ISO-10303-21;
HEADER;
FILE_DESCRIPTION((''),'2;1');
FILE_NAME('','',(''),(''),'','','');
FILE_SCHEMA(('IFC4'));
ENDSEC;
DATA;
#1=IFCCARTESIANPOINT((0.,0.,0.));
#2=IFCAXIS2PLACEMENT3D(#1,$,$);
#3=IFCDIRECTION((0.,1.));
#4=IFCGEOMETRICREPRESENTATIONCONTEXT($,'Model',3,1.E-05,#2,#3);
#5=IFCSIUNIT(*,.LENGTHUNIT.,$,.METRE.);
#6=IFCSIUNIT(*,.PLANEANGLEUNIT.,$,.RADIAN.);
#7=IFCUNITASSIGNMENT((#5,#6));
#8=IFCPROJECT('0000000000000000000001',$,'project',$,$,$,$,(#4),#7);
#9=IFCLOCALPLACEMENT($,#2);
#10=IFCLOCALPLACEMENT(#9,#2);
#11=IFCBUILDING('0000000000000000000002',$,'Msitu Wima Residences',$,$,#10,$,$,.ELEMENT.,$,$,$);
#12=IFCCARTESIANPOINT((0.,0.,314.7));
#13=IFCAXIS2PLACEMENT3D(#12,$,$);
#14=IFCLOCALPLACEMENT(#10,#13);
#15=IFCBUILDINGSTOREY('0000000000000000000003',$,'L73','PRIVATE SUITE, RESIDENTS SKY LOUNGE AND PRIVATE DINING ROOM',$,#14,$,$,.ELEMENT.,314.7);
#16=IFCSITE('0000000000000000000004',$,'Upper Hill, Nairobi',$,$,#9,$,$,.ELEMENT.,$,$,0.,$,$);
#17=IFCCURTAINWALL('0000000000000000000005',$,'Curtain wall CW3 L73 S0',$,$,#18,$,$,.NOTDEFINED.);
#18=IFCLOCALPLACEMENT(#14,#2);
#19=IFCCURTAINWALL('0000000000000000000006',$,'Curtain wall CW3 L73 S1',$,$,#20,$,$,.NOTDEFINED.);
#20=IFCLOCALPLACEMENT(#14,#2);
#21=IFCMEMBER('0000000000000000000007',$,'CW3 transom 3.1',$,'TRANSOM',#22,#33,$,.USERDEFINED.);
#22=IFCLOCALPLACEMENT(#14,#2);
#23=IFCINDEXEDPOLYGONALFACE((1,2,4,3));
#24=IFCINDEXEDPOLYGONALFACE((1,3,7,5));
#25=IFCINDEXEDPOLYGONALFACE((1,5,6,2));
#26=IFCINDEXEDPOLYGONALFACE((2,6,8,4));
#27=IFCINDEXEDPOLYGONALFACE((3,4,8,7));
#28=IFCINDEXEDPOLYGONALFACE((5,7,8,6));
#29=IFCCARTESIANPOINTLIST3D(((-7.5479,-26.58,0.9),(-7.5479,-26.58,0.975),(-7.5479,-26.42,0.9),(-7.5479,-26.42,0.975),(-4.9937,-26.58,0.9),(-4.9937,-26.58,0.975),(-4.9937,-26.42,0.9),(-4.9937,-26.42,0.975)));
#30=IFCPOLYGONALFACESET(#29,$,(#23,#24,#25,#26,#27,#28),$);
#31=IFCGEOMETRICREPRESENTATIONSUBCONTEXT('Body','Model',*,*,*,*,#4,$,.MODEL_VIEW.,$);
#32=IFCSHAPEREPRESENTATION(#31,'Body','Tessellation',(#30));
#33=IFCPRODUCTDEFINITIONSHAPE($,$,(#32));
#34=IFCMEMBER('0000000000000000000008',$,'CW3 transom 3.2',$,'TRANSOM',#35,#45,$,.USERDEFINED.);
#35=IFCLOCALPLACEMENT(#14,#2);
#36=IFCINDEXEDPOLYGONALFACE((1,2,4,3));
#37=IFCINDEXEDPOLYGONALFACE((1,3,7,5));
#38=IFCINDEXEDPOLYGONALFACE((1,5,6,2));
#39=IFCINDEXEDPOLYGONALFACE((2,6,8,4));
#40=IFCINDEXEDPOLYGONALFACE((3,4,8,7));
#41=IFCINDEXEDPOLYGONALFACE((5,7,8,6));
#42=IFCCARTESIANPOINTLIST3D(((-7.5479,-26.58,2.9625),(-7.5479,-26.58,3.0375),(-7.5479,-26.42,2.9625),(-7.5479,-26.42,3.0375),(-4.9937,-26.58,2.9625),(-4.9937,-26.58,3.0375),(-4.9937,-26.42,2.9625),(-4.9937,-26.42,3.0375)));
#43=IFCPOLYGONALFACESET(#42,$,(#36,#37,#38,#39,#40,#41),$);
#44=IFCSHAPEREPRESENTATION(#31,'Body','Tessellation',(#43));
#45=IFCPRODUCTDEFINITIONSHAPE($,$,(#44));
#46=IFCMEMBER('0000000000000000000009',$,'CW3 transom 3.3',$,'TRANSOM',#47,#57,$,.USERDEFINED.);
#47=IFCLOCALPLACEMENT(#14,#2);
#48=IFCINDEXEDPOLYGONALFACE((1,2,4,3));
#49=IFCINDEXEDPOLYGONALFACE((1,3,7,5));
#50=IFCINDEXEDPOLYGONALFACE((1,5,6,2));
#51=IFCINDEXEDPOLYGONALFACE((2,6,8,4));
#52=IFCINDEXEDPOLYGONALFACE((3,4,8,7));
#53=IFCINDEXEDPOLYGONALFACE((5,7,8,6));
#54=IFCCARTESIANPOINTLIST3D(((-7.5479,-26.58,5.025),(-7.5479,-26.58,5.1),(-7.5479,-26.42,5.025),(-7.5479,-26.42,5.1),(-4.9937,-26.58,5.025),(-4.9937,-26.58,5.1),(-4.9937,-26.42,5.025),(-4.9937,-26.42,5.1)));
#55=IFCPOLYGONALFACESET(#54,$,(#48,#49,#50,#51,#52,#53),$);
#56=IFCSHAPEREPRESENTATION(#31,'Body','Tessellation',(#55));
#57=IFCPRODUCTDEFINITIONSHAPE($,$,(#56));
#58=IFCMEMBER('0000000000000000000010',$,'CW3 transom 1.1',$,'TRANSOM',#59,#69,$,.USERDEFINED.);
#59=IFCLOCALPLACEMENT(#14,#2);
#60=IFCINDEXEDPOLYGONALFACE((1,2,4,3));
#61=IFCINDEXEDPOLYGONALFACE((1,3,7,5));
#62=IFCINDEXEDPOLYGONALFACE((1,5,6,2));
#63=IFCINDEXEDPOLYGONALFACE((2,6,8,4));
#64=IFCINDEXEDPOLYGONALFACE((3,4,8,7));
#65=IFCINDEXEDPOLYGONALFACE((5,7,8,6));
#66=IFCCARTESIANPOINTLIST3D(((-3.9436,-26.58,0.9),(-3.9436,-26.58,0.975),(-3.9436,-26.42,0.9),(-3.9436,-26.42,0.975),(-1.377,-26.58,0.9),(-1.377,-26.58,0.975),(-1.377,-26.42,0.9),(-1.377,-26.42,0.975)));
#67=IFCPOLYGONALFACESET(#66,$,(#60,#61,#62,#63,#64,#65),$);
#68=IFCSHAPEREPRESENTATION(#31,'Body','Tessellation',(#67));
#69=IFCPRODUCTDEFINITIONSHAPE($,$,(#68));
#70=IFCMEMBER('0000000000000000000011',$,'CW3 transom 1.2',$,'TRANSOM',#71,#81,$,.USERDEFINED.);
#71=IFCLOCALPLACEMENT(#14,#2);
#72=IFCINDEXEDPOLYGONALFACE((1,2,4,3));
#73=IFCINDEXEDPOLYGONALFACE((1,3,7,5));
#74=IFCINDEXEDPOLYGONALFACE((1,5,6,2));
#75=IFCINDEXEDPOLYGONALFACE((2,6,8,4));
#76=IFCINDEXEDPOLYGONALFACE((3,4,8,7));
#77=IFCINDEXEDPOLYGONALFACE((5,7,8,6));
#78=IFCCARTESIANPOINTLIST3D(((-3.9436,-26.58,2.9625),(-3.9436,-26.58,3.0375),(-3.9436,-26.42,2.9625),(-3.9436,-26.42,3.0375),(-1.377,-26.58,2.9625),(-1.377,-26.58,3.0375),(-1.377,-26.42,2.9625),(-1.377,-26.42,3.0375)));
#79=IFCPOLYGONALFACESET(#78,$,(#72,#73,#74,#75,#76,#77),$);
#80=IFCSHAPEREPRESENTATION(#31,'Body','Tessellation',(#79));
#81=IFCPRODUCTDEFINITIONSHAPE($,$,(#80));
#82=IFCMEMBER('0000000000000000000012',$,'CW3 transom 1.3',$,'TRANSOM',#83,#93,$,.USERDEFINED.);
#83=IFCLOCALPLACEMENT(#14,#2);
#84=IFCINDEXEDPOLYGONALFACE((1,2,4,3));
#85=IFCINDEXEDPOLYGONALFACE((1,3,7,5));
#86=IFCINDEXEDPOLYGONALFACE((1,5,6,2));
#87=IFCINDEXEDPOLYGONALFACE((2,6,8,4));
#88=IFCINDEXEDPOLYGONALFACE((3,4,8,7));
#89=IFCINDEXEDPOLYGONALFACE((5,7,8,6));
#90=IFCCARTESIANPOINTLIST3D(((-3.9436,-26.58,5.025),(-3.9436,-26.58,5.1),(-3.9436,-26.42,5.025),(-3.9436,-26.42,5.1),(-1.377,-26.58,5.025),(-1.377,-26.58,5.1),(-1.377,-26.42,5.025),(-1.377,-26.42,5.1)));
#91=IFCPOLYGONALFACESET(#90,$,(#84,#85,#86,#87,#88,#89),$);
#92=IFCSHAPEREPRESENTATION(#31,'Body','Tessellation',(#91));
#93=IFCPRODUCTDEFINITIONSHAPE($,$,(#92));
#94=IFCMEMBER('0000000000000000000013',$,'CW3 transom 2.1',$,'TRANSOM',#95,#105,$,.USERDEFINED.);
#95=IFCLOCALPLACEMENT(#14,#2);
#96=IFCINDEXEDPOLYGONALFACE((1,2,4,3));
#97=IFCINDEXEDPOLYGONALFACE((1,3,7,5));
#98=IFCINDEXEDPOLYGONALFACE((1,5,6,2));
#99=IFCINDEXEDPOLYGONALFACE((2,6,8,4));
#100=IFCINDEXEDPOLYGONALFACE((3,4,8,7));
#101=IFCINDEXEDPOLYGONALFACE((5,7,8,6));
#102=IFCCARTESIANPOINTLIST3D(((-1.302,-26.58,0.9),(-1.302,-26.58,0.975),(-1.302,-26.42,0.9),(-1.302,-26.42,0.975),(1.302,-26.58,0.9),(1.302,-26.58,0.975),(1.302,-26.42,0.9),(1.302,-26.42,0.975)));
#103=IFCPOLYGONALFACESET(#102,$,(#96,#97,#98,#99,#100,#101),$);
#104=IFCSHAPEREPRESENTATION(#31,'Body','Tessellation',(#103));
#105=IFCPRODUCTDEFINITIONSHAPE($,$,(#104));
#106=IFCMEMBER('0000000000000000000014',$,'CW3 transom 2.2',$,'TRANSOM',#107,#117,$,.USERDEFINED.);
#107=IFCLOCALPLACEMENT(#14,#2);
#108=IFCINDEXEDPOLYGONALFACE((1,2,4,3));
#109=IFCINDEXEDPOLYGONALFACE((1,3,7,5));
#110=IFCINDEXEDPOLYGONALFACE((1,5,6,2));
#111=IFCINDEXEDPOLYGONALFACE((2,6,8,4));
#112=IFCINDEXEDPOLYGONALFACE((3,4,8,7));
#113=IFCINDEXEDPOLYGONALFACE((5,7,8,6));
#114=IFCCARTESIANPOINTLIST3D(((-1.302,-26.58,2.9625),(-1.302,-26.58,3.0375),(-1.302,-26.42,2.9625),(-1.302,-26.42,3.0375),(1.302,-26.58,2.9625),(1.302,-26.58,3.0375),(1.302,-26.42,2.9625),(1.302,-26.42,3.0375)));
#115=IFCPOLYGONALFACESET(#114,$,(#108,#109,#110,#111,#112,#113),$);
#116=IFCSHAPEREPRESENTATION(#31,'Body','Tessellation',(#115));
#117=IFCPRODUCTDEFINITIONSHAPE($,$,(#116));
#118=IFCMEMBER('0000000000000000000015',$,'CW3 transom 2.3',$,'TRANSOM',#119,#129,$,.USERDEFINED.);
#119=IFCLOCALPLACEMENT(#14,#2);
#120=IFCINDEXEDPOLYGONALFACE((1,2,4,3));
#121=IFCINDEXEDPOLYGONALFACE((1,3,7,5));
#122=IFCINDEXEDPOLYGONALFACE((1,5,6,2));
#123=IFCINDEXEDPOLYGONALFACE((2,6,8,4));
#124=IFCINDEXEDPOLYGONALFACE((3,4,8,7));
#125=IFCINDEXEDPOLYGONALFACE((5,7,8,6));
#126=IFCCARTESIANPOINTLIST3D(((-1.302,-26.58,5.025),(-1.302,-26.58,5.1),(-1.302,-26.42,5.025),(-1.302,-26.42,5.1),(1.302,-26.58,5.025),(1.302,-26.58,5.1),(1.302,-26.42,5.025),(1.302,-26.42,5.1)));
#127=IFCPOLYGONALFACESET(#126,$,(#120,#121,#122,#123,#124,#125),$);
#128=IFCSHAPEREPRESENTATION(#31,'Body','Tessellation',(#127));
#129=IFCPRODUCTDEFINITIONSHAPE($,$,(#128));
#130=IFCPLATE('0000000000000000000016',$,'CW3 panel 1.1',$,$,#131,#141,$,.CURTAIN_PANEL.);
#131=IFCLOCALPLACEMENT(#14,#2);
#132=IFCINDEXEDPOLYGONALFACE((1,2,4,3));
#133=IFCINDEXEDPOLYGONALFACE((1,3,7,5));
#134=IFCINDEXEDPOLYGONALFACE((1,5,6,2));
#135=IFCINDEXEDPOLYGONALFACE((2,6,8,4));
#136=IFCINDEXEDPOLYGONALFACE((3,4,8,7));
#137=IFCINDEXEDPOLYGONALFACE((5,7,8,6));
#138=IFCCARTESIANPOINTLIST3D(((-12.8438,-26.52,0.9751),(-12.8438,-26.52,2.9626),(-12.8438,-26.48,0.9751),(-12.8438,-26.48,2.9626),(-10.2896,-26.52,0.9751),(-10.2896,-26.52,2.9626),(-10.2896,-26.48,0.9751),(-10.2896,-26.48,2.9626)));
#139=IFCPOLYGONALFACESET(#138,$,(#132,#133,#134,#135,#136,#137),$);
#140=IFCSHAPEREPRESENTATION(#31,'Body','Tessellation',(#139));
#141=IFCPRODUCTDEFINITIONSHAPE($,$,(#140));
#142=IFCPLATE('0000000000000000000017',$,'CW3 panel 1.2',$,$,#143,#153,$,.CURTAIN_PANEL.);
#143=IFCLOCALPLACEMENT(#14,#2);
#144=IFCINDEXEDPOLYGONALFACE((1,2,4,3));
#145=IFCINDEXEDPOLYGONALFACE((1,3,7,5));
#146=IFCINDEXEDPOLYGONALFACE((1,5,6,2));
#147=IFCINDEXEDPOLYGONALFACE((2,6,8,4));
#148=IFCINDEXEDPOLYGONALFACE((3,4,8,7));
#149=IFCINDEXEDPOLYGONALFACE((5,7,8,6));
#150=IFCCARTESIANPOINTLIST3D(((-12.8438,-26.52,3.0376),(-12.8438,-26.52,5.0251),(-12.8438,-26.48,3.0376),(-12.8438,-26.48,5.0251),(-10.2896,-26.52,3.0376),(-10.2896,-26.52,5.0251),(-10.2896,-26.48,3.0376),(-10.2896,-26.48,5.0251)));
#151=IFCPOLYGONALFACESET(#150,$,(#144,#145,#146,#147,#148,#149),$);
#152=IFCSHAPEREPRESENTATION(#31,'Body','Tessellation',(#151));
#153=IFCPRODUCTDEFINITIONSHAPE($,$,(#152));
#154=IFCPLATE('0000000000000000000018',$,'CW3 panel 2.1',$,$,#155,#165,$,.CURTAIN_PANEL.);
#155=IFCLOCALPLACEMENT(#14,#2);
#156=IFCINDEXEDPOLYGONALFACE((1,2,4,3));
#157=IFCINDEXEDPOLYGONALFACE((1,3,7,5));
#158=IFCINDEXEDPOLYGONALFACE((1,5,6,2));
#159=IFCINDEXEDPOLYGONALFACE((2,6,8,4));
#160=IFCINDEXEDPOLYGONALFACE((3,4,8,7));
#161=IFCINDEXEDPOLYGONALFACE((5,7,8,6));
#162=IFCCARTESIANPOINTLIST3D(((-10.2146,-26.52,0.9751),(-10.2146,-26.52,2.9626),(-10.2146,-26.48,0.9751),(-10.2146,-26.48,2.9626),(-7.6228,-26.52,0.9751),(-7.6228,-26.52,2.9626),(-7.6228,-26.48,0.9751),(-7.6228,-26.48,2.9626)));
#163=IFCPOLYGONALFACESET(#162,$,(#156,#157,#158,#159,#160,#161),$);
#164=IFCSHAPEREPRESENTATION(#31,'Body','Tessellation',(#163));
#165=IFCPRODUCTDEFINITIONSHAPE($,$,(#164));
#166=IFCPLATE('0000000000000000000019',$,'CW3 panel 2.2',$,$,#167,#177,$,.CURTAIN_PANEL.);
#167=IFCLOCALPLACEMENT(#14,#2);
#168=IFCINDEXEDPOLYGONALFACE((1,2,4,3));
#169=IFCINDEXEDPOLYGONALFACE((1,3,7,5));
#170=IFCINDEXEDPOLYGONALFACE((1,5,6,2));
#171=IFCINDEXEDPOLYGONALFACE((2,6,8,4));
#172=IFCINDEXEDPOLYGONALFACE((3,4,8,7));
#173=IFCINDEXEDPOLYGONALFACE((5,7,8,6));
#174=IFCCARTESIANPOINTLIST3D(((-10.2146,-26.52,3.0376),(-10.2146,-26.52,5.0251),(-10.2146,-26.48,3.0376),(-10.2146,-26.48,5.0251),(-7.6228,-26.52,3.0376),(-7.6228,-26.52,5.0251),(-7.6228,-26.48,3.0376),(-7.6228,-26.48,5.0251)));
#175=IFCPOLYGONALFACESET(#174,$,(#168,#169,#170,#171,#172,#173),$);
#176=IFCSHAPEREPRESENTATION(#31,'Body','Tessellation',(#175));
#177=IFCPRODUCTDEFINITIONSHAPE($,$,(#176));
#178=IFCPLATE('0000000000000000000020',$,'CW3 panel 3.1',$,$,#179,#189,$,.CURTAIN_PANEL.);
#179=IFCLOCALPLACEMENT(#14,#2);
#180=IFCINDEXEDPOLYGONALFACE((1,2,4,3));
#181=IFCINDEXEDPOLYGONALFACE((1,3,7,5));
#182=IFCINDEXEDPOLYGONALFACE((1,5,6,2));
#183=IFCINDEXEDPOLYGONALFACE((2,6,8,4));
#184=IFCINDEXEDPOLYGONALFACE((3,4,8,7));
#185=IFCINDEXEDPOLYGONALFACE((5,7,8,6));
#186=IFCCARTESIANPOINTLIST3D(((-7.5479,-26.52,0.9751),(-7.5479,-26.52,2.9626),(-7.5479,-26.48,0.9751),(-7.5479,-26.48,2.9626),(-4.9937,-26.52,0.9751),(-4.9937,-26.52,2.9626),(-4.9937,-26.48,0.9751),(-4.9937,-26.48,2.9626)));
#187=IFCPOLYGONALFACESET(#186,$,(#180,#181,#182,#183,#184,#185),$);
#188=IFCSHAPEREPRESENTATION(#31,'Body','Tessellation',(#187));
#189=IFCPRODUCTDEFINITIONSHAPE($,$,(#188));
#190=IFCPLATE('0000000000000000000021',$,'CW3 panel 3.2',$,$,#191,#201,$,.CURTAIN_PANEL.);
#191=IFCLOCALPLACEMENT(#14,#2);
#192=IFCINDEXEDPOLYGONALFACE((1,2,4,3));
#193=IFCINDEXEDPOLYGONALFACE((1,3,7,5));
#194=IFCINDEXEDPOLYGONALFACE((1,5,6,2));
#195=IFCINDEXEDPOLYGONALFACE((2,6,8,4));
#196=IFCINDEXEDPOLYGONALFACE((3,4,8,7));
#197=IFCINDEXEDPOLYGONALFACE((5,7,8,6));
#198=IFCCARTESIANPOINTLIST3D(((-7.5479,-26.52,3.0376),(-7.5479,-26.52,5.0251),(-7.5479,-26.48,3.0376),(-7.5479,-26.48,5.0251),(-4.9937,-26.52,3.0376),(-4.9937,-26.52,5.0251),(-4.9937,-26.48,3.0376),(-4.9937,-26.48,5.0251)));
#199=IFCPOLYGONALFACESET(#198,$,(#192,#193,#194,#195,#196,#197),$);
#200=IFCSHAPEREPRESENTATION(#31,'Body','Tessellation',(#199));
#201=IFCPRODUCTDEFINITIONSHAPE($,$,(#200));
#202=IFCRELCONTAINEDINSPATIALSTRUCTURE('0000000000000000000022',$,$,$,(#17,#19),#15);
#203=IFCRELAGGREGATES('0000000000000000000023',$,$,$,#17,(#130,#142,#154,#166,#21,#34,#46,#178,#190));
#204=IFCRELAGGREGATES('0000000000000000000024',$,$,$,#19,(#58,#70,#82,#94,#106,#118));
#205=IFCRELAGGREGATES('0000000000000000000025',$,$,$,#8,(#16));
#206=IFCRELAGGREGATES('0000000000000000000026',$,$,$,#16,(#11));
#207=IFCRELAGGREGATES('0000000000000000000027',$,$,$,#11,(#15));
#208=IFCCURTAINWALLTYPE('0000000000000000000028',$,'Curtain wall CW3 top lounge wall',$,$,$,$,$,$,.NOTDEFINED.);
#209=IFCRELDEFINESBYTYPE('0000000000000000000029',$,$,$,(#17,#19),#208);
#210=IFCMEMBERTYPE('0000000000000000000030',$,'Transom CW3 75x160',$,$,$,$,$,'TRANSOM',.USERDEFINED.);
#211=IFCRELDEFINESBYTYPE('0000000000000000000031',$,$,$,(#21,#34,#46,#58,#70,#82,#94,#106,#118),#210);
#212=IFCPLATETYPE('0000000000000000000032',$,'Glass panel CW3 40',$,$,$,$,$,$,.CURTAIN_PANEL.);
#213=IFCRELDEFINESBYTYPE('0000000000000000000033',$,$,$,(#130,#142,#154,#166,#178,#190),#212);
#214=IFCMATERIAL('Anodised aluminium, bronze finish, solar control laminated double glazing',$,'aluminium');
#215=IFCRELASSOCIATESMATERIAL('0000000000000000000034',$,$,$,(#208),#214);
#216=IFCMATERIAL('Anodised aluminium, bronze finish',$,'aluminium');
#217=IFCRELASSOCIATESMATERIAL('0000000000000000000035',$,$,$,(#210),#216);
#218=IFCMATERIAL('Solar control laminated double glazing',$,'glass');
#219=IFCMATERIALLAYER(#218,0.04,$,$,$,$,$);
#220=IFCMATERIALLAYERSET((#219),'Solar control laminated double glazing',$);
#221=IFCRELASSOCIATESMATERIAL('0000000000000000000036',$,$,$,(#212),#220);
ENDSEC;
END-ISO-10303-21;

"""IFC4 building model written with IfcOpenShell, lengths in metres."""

from ifc_helpers import new_model, si_unit, direction, frame, origin, origin_2d, place, context, subcontext, project, spatial, rectangle, extrude, material, layer, layer_set, material_profile, profile_set, type_object, element, aggregate, save


model = new_model("IFC4")

# Units and contexts
model_context = context("Model", 3, precision=1e-05, world=origin(), true_north=direction((0.0, 1.0)))
body_context = subcontext(model_context, "Body", "Model", "MODEL_VIEW")
ifc_project = project(units=[si_unit("LENGTHUNIT", "METRE"), si_unit("PLANEANGLEUNIT", "RADIAN")], contexts=[model_context])

# Site, building, storey
site_placement = place(None, origin())
site = spatial("IfcSite", under=ifc_project, at=site_placement, Name="Upper Hill, Nairobi", CompositionType="ELEMENT", RefElevation=0.0)
building_placement = place(site_placement, origin())
building = spatial("IfcBuilding", under=site, at=building_placement, Name="Msitu Wima Residences", CompositionType="ELEMENT")
storey_placement = place(building_placement, frame((0.0, 0.0, 314.7)))
storey = spatial("IfcBuildingStorey", under=building, at=storey_placement, Name="L73", Description="PRIVATE SUITE, RESIDENTS SKY LOUNGE AND PRIVATE DINING ROOM", CompositionType="ELEMENT", Elevation=314.7)

# Curtain walls
ifc_material_1 = material(Name="Anodised aluminium, bronze finish, solar control laminated double glazing", Category="aluminium")
curtain_wall_type = type_object("IfcCurtainWallType", Name="Curtain wall CW3 top lounge wall", PredefinedType="NOTDEFINED", material=ifc_material_1)
curtain_wall_1_placement = place(storey_placement, origin())
curtain_wall_1 = element("IfcCurtainWall", 1, at=curtain_wall_1_placement, inside=storey, type_object=curtain_wall_type, Name="Curtain wall CW3 L73 S0", PredefinedType="NOTDEFINED")
ifc_material_2 = material(Name="Anodised aluminium, bronze finish", Category="aluminium")
curtain_wall_2_placement = place(storey_placement, origin())
curtain_wall_2 = element("IfcCurtainWall", 2, at=curtain_wall_2_placement, inside=storey, type_object=curtain_wall_type, Name="Curtain wall CW3 L73 S1", PredefinedType="NOTDEFINED")

# Members
ifc_material_profile_1 = material_profile(ifc_material_2, rectangle(XDim=0.1599, YDim=0.075, at=origin_2d()), Name="Transom 75x160")
ifc_profile_set_1 = profile_set([ifc_material_profile_1], Name="Anodised aluminium, bronze finish")
member_type_1 = type_object("IfcMemberType", Name="Transom CW3 75x160", ElementType="TRANSOM", PredefinedType="USERDEFINED", material=ifc_profile_set_1)
member_1_placement = place(storey_placement, frame((-7.5479, -26.5, 0.9375), z_axis=(1.0, 0.0, 0.0), x_axis=(0.0, 1.0, 0.0)))
member_1 = element("IfcMember", 3, at=member_1_placement, type_object=member_type_1, Name="CW3 transom 3.1", ObjectType="TRANSOM", PredefinedType="USERDEFINED", context=body_context, shape_type="SweptSolid", body=[
    extrude(rectangle(XDim=0.1599, YDim=0.075, at=origin_2d()), origin(), (0.0, 0.0, 1.0), 2.5542),
])
member_2_placement = place(storey_placement, frame((-7.5479, -26.5, 3.0), z_axis=(1.0, 0.0, 0.0), x_axis=(0.0, 1.0, 0.0)))
member_2 = element("IfcMember", 4, at=member_2_placement, type_object=member_type_1, Name="CW3 transom 3.2", ObjectType="TRANSOM", PredefinedType="USERDEFINED", context=body_context, shape_type="SweptSolid", body=[
    extrude(rectangle(XDim=0.1599, YDim=0.075, at=origin_2d()), origin(), (0.0, 0.0, 1.0), 2.5542),
])
member_3_placement = place(storey_placement, frame((-7.5479, -26.5, 5.0625), z_axis=(1.0, 0.0, 0.0), x_axis=(0.0, 1.0, 0.0)))
member_3 = element("IfcMember", 5, at=member_3_placement, type_object=member_type_1, Name="CW3 transom 3.3", ObjectType="TRANSOM", PredefinedType="USERDEFINED", context=body_context, shape_type="SweptSolid", body=[
    extrude(rectangle(XDim=0.1599, YDim=0.075, at=origin_2d()), origin(), (0.0, 0.0, 1.0), 2.5542),
])
member_4_placement = place(storey_placement, frame((-3.9436, -26.5, 0.9375), z_axis=(1.0, 0.0, 0.0), x_axis=(0.0, 1.0, 0.0)))
member_4 = element("IfcMember", 6, at=member_4_placement, type_object=member_type_1, Name="CW3 transom 1.1", ObjectType="TRANSOM", PredefinedType="USERDEFINED", context=body_context, shape_type="SweptSolid", body=[
    extrude(rectangle(XDim=0.1599, YDim=0.075, at=origin_2d()), origin(), (0.0, 0.0, 1.0), 2.5667),
])
member_5_placement = place(storey_placement, frame((-3.9436, -26.5, 3.0), z_axis=(1.0, 0.0, 0.0), x_axis=(0.0, 1.0, 0.0)))
member_5 = element("IfcMember", 7, at=member_5_placement, type_object=member_type_1, Name="CW3 transom 1.2", ObjectType="TRANSOM", PredefinedType="USERDEFINED", context=body_context, shape_type="SweptSolid", body=[
    extrude(rectangle(XDim=0.1599, YDim=0.075, at=origin_2d()), origin(), (0.0, 0.0, 1.0), 2.5667),
])
member_6_placement = place(storey_placement, frame((-3.9436, -26.5, 5.0625), z_axis=(1.0, 0.0, 0.0), x_axis=(0.0, 1.0, 0.0)))
member_6 = element("IfcMember", 8, at=member_6_placement, type_object=member_type_1, Name="CW3 transom 1.3", ObjectType="TRANSOM", PredefinedType="USERDEFINED", context=body_context, shape_type="SweptSolid", body=[
    extrude(rectangle(XDim=0.1599, YDim=0.075, at=origin_2d()), origin(), (0.0, 0.0, 1.0), 2.5667),
])
member_7_placement = place(storey_placement, frame((-1.302, -26.5, 0.9375), z_axis=(1.0, 0.0, 0.0), x_axis=(0.0, 1.0, 0.0)))
member_7 = element("IfcMember", 9, at=member_7_placement, type_object=member_type_1, Name="CW3 transom 2.1", ObjectType="TRANSOM", PredefinedType="USERDEFINED", context=body_context, shape_type="SweptSolid", body=[
    extrude(rectangle(XDim=0.1599, YDim=0.075, at=origin_2d()), origin(), (0.0, 0.0, 1.0), 2.604),
])
member_8_placement = place(storey_placement, frame((-1.302, -26.5, 3.0), z_axis=(1.0, 0.0, 0.0), x_axis=(0.0, 1.0, 0.0)))
member_8 = element("IfcMember", 10, at=member_8_placement, type_object=member_type_1, Name="CW3 transom 2.2", ObjectType="TRANSOM", PredefinedType="USERDEFINED", context=body_context, shape_type="SweptSolid", body=[
    extrude(rectangle(XDim=0.1599, YDim=0.075, at=origin_2d()), origin(), (0.0, 0.0, 1.0), 2.604),
])
member_9_placement = place(storey_placement, frame((-1.302, -26.5, 5.0625), z_axis=(1.0, 0.0, 0.0), x_axis=(0.0, 1.0, 0.0)))
member_9 = element("IfcMember", 11, at=member_9_placement, type_object=member_type_1, Name="CW3 transom 2.3", ObjectType="TRANSOM", PredefinedType="USERDEFINED", context=body_context, shape_type="SweptSolid", body=[
    extrude(rectangle(XDim=0.1599, YDim=0.075, at=origin_2d()), origin(), (0.0, 0.0, 1.0), 2.604),
])

# Plates
ifc_material_3 = material(Name="Solar control laminated double glazing", Category="glass")
ifc_layer_1 = layer(ifc_material_3, 0.04)
ifc_layer_set_1 = layer_set([ifc_layer_1], Name="Solar control laminated double glazing")
plate_type = type_object("IfcPlateType", Name="Glass panel CW3 40", PredefinedType="CURTAIN_PANEL", material=ifc_layer_set_1)
plate_1_placement = place(storey_placement, frame((-11.5667, -26.5, 0.9751), z_axis=(0.0, 0.0, 1.0), x_axis=(1.0, 0.0, 0.0)))
plate_1 = element("IfcPlate", 12, at=plate_1_placement, type_object=plate_type, Name="CW3 panel 1.1", PredefinedType="CURTAIN_PANEL", context=body_context, shape_type="SweptSolid", body=[
    extrude(rectangle(XDim=2.5542, YDim=0.04, at=origin_2d()), origin(), (0.0, 0.0, 1.0), 1.9875),
])
plate_2_placement = place(storey_placement, frame((-11.5667, -26.5, 3.0376), z_axis=(0.0, 0.0, 1.0), x_axis=(1.0, 0.0, 0.0)))
plate_2 = element("IfcPlate", 13, at=plate_2_placement, type_object=plate_type, Name="CW3 panel 1.2", PredefinedType="CURTAIN_PANEL", context=body_context, shape_type="SweptSolid", body=[
    extrude(rectangle(XDim=2.5542, YDim=0.04, at=origin_2d()), origin(), (0.0, 0.0, 1.0), 1.9875),
])
plate_3_placement = place(storey_placement, frame((-8.9187, -26.5, 0.9751), z_axis=(0.0, 0.0, 1.0), x_axis=(1.0, 0.0, 0.0)))
plate_3 = element("IfcPlate", 14, at=plate_3_placement, type_object=plate_type, Name="CW3 panel 2.1", PredefinedType="CURTAIN_PANEL", context=body_context, shape_type="SweptSolid", body=[
    extrude(rectangle(XDim=2.5918, YDim=0.04, at=origin_2d()), origin(), (0.0, 0.0, 1.0), 1.9875),
])
plate_4_placement = place(storey_placement, frame((-8.9187, -26.5, 3.0376), z_axis=(0.0, 0.0, 1.0), x_axis=(1.0, 0.0, 0.0)))
plate_4 = element("IfcPlate", 15, at=plate_4_placement, type_object=plate_type, Name="CW3 panel 2.2", PredefinedType="CURTAIN_PANEL", context=body_context, shape_type="SweptSolid", body=[
    extrude(rectangle(XDim=2.5918, YDim=0.04, at=origin_2d()), origin(), (0.0, 0.0, 1.0), 1.9875),
])
plate_5_placement = place(storey_placement, frame((-6.2708, -26.5, 0.9751), z_axis=(0.0, 0.0, 1.0), x_axis=(1.0, 0.0, 0.0)))
plate_5 = element("IfcPlate", 16, at=plate_5_placement, type_object=plate_type, Name="CW3 panel 3.1", PredefinedType="CURTAIN_PANEL", context=body_context, shape_type="SweptSolid", body=[
    extrude(rectangle(XDim=2.5542, YDim=0.04, at=origin_2d()), origin(), (0.0, 0.0, 1.0), 1.9875),
])
plate_6_placement = place(storey_placement, frame((-6.2708, -26.5, 3.0376), z_axis=(0.0, 0.0, 1.0), x_axis=(1.0, 0.0, 0.0)))
plate_6 = element("IfcPlate", 17, at=plate_6_placement, type_object=plate_type, Name="CW3 panel 3.2", PredefinedType="CURTAIN_PANEL", context=body_context, shape_type="SweptSolid", body=[
    extrude(rectangle(XDim=2.5542, YDim=0.04, at=origin_2d()), origin(), (0.0, 0.0, 1.0), 1.9875),
])
aggregate(curtain_wall_1, [plate_1, plate_2, plate_3, plate_4, member_1, member_2, member_3, plate_5, plate_6])
aggregate(curtain_wall_2, [member_4, member_5, member_6, member_7, member_8, member_9])

save(model, "model.ifc")
